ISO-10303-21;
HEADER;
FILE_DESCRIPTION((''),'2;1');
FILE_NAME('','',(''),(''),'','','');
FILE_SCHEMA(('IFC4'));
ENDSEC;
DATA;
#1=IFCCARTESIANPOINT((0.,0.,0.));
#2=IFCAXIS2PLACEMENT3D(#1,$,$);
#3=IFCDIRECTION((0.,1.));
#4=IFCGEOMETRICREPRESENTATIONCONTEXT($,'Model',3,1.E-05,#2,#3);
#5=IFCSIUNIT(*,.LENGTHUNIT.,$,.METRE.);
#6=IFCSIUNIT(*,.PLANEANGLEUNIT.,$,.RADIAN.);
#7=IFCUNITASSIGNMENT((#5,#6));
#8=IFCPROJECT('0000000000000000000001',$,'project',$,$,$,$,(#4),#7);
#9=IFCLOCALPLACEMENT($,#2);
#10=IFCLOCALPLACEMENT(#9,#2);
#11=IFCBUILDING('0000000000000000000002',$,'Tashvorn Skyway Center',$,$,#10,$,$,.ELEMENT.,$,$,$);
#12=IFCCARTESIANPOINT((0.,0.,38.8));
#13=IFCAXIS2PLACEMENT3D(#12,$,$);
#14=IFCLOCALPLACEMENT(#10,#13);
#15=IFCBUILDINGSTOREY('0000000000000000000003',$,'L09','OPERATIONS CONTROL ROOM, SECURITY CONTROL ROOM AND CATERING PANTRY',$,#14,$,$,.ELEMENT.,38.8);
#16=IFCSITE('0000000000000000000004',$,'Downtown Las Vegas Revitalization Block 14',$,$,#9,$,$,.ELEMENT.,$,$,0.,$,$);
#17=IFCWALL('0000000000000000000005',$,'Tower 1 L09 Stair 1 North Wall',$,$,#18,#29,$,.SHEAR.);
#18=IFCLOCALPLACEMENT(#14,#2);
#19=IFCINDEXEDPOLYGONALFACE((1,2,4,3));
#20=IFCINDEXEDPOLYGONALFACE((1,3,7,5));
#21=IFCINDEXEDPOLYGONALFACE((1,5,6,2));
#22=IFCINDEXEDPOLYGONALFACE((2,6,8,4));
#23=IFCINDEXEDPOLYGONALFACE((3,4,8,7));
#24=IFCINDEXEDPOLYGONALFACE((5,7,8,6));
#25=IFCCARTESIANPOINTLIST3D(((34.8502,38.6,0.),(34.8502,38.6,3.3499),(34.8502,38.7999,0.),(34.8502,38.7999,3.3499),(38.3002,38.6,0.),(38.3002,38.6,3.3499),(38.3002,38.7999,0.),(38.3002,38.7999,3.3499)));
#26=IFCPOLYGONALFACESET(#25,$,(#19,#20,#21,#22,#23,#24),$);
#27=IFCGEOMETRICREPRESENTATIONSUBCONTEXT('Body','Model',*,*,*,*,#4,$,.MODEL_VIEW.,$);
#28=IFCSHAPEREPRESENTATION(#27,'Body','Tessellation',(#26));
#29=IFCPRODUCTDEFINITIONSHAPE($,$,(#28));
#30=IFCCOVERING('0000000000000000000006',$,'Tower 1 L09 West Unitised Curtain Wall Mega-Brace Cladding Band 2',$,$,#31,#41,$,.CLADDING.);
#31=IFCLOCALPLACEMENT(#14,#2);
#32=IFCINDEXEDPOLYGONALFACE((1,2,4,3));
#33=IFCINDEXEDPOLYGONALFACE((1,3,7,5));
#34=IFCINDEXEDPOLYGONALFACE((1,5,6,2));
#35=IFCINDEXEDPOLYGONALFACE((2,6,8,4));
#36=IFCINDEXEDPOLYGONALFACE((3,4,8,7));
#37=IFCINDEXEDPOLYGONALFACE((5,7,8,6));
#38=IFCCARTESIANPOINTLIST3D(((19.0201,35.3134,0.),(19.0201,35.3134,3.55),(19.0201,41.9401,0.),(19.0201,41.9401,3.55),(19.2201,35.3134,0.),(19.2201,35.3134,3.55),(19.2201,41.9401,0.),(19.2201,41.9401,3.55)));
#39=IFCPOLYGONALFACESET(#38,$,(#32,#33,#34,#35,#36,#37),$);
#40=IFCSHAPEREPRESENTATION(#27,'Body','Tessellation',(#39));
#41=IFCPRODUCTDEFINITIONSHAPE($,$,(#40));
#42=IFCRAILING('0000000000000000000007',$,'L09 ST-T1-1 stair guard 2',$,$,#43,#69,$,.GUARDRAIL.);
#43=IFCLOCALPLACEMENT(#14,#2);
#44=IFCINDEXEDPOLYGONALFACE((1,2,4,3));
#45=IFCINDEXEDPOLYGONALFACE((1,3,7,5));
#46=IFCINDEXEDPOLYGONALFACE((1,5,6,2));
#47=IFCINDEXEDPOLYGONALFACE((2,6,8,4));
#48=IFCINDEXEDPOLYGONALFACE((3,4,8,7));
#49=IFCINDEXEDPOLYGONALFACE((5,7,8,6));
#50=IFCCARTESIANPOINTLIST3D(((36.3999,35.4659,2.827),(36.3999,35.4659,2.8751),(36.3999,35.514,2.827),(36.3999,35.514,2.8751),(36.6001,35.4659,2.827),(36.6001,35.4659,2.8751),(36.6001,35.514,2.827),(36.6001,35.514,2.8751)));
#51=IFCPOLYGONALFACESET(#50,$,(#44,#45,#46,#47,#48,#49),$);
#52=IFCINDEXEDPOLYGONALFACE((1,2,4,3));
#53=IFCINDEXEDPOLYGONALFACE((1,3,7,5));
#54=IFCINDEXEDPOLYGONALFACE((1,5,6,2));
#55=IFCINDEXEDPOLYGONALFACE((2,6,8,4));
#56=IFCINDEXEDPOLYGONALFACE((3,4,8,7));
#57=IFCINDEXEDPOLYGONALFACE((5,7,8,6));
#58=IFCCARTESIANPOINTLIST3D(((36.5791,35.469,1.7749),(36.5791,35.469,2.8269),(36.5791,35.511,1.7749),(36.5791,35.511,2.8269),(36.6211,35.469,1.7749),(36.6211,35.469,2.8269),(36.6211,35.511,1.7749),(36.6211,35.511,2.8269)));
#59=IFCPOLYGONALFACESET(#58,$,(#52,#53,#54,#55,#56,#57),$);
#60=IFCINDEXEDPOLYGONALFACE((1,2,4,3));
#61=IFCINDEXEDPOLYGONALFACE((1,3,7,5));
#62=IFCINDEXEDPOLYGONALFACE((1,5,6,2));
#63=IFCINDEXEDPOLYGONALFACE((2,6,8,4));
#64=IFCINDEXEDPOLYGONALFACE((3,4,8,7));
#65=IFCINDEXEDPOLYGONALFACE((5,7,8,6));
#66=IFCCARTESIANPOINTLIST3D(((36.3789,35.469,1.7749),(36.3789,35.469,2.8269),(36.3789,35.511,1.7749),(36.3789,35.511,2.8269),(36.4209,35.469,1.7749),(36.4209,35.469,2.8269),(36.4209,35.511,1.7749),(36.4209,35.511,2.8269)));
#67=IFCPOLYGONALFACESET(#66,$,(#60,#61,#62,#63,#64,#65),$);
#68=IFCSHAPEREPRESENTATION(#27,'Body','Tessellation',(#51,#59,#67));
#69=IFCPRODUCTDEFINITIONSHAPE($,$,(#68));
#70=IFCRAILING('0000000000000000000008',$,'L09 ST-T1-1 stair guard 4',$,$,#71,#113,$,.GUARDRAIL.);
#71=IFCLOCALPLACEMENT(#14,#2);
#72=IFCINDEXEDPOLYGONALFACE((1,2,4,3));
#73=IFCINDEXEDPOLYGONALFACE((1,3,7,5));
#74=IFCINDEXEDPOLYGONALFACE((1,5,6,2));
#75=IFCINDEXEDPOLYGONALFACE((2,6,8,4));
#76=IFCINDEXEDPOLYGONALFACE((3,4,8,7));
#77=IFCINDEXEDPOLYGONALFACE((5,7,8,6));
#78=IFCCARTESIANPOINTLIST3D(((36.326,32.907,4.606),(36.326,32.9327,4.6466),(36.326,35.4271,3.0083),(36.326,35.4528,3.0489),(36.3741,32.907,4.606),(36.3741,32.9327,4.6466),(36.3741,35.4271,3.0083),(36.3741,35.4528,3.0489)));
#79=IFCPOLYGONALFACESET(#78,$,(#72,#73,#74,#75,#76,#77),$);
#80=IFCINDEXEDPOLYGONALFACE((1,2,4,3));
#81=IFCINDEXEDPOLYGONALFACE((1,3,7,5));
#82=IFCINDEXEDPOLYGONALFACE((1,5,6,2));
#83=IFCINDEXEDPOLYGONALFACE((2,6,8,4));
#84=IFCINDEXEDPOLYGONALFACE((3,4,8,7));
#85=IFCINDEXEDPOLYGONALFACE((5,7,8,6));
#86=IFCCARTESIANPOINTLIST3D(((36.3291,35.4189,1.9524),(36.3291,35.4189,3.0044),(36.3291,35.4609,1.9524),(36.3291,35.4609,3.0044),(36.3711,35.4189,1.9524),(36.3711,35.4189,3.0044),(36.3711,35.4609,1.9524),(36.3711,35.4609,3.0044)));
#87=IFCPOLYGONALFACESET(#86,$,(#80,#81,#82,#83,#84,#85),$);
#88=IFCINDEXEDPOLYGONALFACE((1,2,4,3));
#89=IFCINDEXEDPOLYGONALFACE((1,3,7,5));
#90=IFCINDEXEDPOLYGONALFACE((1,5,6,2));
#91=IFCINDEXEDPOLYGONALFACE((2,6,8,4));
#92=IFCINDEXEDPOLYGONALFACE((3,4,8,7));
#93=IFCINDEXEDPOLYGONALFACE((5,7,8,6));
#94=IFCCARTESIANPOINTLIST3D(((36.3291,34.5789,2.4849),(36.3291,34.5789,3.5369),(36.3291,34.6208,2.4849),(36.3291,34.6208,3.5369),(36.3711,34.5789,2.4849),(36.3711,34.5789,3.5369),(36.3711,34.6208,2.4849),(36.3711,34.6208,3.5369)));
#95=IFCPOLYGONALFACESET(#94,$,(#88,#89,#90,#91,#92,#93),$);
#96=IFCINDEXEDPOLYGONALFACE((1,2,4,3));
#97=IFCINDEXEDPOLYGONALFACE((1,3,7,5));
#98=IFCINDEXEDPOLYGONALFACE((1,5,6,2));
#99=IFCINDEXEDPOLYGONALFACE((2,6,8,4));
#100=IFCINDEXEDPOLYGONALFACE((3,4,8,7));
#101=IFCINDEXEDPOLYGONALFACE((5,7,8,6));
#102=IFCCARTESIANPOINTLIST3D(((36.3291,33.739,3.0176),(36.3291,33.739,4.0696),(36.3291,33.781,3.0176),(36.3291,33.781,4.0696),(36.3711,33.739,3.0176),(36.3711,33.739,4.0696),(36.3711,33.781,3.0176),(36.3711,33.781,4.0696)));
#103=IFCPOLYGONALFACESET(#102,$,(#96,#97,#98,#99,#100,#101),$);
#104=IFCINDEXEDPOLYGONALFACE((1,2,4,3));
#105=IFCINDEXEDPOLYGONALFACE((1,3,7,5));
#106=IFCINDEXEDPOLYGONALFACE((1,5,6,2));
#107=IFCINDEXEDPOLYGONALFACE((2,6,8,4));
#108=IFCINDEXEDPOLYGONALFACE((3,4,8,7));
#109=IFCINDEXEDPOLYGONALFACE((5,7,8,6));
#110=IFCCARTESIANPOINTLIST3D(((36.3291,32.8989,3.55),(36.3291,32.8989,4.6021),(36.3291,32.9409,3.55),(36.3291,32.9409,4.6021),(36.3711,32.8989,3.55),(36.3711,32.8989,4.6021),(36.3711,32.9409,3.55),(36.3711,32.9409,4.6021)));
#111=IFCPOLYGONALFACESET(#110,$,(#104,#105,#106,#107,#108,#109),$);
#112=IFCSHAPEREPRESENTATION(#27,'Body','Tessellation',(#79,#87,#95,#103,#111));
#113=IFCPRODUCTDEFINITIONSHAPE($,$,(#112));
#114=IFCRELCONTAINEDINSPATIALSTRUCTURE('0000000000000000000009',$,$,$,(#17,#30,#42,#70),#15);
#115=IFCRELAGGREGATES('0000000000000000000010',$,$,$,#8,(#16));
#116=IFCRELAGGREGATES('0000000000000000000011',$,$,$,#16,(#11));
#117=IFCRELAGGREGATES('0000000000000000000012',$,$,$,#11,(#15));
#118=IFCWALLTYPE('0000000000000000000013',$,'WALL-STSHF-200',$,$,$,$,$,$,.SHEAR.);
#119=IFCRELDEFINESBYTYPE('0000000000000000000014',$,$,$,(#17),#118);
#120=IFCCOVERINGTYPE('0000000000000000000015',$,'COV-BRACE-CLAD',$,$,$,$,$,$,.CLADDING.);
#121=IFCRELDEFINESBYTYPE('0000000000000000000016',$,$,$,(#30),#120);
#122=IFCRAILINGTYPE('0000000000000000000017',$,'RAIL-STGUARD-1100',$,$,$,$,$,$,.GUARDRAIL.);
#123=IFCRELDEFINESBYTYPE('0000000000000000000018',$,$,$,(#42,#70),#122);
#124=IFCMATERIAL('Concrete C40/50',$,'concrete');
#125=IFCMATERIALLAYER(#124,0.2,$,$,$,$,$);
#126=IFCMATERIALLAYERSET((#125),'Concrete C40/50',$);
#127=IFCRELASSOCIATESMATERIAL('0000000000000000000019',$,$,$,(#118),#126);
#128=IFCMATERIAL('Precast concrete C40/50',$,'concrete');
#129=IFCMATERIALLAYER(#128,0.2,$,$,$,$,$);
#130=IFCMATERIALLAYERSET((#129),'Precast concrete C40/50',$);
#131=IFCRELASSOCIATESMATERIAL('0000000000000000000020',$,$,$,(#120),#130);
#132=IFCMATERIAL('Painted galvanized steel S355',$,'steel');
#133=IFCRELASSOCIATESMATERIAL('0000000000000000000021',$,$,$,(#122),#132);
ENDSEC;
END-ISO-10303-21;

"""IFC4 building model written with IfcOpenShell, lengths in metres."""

from ifc_helpers import new_model, si_unit, direction, frame, frame_2d, origin, origin_2d, place, context, subcontext, project, spatial, rectangle, extrude, material, layer, layer_set, type_object, element, save


model = new_model("IFC4")

# Units and contexts
model_context = context("Model", 3, precision=1e-05, world=origin(), true_north=direction((0.0, 1.0)))
body_context = subcontext(model_context, "Body", "Model", "MODEL_VIEW")
ifc_project = project(units=[si_unit("LENGTHUNIT", "METRE"), si_unit("PLANEANGLEUNIT", "RADIAN")], contexts=[model_context])

# Site, building, storey
site_placement = place(None, origin())
site = spatial("IfcSite", under=ifc_project, at=site_placement, Name="Downtown Las Vegas Revitalization Block 14", CompositionType="ELEMENT", RefElevation=0.0)
building_placement = place(site_placement, origin())
building = spatial("IfcBuilding", under=site, at=building_placement, Name="Tashvorn Skyway Center", CompositionType="ELEMENT")
storey_placement = place(building_placement, frame((0.0, 0.0, 38.8)))
storey = spatial("IfcBuildingStorey", under=building, at=storey_placement, Name="L09", Description="OPERATIONS CONTROL ROOM, SECURITY CONTROL ROOM AND CATERING PANTRY", CompositionType="ELEMENT", Elevation=38.8)

# Wall
ifc_material_1 = material(Name="Concrete C40/50", Category="concrete")
ifc_layer_1 = layer(ifc_material_1, 0.2)
ifc_layer_set_1 = layer_set([ifc_layer_1], Name="Concrete C40/50")
wall_type_1 = type_object("IfcWallType", Name="WALL-STSHF-200", PredefinedType="SHEAR", material=ifc_layer_set_1)
wall_1_placement = place(storey_placement, frame((34.8501, 38.7, 0.0), z_axis=(0.0, 0.0, 1.0), x_axis=(1.0, 0.0, 0.0)))
element("IfcWall", 1, at=wall_1_placement, inside=storey, type_object=wall_type_1, Name="Tower 1 L09 Stair 1 North Wall", PredefinedType="SHEAR", context=body_context, shape_type="SweptSolid", body=[
    extrude(rectangle(XDim=3.45, YDim=0.2, at=frame_2d((1.7251, 0.0))), origin(), (0.0, 0.0, 1.0), 3.3499),
])

# Covering
ifc_material_2 = material(Name="Precast concrete C40/50", Category="concrete")
ifc_layer_2 = layer(ifc_material_2, 0.2)
ifc_layer_set_2 = layer_set([ifc_layer_2], Name="Precast concrete C40/50")
covering_type = type_object("IfcCoveringType", Name="COV-BRACE-CLAD", PredefinedType="CLADDING", material=ifc_layer_set_2)
covering_placement = place(storey_placement, frame((19.1201, 38.6267, 0.0), z_axis=(0.0, 0.0, 1.0), x_axis=(0.0, 1.0, 0.0)))
element("IfcCovering", 2, at=covering_placement, inside=storey, type_object=covering_type, Name="Tower 1 L09 West Unitised Curtain Wall Mega-Brace Cladding Band 2", PredefinedType="CLADDING", context=body_context, shape_type="SweptSolid", body=[
    extrude(rectangle(XDim=6.6267, YDim=0.2, at=origin_2d()), origin(), (0.0, 0.0, 1.0), 3.55),
])

# Railings
ifc_material_3 = material(Name="Painted galvanized steel S355", Category="steel")
railing_type = type_object("IfcRailingType", Name="RAIL-STGUARD-1100", PredefinedType="GUARDRAIL", material=ifc_material_3)
railing_1_placement = place(storey_placement, frame((36.6001, 35.49, 1.7749)))
element("IfcRailing", 3, at=railing_1_placement, inside=storey, type_object=railing_type, Name="L09 ST-T1-1 stair guard 2", PredefinedType="GUARDRAIL", context=body_context, shape_type="SweptSolid", body=[
    extrude(rectangle(XDim=0.0481, YDim=0.0481, at=origin_2d()), frame((0.0, 0.0, 1.0762), z_axis=(-1.0, 0.0, 0.0), x_axis=(0.0, -1.0, 0.0)), (0.0, 0.0, 1.0), 0.2002),
    extrude(rectangle(XDim=0.042, YDim=0.042, at=origin_2d()), origin(), (0.0, 0.0, 1.0), 1.052),
    extrude(rectangle(XDim=0.042, YDim=0.042, at=origin_2d()), frame((-0.2002, 0.0, 0.0)), (0.0, 0.0, 1.0), 1.052),
])
railing_2_placement = place(storey_placement, frame((36.3501, 35.4399, 1.9524)))
element("IfcRailing", 4, at=railing_2_placement, inside=storey, type_object=railing_type, Name="L09 ST-T1-1 stair guard 4", PredefinedType="GUARDRAIL", context=body_context, shape_type="SweptSolid", body=[
    extrude(rectangle(XDim=0.0481, YDim=0.0481, at=origin_2d()), frame((0.0, 0.0, 1.0762), z_axis=(0.0, -0.84457, 0.535445), x_axis=(1.0, 0.0, 0.0)), (0.0, 0.0, 1.0), 2.9839),
    extrude(rectangle(XDim=0.042, YDim=0.042, at=origin_2d()), origin(), (0.0, 0.0, 1.0), 1.052),
    extrude(rectangle(XDim=0.042, YDim=0.042, at=origin_2d()), frame((0.0, -0.8401, 0.5325)), (0.0, 0.0, 1.0), 1.052),
    extrude(rectangle(XDim=0.042, YDim=0.042, at=origin_2d()), frame((0.0, -1.6799, 1.0652)), (0.0, 0.0, 1.0), 1.052),
    extrude(rectangle(XDim=0.042, YDim=0.042, at=origin_2d()), frame((0.0, -2.52, 1.5977)), (0.0, 0.0, 1.0), 1.052),
])

save(model, "model.ifc")
